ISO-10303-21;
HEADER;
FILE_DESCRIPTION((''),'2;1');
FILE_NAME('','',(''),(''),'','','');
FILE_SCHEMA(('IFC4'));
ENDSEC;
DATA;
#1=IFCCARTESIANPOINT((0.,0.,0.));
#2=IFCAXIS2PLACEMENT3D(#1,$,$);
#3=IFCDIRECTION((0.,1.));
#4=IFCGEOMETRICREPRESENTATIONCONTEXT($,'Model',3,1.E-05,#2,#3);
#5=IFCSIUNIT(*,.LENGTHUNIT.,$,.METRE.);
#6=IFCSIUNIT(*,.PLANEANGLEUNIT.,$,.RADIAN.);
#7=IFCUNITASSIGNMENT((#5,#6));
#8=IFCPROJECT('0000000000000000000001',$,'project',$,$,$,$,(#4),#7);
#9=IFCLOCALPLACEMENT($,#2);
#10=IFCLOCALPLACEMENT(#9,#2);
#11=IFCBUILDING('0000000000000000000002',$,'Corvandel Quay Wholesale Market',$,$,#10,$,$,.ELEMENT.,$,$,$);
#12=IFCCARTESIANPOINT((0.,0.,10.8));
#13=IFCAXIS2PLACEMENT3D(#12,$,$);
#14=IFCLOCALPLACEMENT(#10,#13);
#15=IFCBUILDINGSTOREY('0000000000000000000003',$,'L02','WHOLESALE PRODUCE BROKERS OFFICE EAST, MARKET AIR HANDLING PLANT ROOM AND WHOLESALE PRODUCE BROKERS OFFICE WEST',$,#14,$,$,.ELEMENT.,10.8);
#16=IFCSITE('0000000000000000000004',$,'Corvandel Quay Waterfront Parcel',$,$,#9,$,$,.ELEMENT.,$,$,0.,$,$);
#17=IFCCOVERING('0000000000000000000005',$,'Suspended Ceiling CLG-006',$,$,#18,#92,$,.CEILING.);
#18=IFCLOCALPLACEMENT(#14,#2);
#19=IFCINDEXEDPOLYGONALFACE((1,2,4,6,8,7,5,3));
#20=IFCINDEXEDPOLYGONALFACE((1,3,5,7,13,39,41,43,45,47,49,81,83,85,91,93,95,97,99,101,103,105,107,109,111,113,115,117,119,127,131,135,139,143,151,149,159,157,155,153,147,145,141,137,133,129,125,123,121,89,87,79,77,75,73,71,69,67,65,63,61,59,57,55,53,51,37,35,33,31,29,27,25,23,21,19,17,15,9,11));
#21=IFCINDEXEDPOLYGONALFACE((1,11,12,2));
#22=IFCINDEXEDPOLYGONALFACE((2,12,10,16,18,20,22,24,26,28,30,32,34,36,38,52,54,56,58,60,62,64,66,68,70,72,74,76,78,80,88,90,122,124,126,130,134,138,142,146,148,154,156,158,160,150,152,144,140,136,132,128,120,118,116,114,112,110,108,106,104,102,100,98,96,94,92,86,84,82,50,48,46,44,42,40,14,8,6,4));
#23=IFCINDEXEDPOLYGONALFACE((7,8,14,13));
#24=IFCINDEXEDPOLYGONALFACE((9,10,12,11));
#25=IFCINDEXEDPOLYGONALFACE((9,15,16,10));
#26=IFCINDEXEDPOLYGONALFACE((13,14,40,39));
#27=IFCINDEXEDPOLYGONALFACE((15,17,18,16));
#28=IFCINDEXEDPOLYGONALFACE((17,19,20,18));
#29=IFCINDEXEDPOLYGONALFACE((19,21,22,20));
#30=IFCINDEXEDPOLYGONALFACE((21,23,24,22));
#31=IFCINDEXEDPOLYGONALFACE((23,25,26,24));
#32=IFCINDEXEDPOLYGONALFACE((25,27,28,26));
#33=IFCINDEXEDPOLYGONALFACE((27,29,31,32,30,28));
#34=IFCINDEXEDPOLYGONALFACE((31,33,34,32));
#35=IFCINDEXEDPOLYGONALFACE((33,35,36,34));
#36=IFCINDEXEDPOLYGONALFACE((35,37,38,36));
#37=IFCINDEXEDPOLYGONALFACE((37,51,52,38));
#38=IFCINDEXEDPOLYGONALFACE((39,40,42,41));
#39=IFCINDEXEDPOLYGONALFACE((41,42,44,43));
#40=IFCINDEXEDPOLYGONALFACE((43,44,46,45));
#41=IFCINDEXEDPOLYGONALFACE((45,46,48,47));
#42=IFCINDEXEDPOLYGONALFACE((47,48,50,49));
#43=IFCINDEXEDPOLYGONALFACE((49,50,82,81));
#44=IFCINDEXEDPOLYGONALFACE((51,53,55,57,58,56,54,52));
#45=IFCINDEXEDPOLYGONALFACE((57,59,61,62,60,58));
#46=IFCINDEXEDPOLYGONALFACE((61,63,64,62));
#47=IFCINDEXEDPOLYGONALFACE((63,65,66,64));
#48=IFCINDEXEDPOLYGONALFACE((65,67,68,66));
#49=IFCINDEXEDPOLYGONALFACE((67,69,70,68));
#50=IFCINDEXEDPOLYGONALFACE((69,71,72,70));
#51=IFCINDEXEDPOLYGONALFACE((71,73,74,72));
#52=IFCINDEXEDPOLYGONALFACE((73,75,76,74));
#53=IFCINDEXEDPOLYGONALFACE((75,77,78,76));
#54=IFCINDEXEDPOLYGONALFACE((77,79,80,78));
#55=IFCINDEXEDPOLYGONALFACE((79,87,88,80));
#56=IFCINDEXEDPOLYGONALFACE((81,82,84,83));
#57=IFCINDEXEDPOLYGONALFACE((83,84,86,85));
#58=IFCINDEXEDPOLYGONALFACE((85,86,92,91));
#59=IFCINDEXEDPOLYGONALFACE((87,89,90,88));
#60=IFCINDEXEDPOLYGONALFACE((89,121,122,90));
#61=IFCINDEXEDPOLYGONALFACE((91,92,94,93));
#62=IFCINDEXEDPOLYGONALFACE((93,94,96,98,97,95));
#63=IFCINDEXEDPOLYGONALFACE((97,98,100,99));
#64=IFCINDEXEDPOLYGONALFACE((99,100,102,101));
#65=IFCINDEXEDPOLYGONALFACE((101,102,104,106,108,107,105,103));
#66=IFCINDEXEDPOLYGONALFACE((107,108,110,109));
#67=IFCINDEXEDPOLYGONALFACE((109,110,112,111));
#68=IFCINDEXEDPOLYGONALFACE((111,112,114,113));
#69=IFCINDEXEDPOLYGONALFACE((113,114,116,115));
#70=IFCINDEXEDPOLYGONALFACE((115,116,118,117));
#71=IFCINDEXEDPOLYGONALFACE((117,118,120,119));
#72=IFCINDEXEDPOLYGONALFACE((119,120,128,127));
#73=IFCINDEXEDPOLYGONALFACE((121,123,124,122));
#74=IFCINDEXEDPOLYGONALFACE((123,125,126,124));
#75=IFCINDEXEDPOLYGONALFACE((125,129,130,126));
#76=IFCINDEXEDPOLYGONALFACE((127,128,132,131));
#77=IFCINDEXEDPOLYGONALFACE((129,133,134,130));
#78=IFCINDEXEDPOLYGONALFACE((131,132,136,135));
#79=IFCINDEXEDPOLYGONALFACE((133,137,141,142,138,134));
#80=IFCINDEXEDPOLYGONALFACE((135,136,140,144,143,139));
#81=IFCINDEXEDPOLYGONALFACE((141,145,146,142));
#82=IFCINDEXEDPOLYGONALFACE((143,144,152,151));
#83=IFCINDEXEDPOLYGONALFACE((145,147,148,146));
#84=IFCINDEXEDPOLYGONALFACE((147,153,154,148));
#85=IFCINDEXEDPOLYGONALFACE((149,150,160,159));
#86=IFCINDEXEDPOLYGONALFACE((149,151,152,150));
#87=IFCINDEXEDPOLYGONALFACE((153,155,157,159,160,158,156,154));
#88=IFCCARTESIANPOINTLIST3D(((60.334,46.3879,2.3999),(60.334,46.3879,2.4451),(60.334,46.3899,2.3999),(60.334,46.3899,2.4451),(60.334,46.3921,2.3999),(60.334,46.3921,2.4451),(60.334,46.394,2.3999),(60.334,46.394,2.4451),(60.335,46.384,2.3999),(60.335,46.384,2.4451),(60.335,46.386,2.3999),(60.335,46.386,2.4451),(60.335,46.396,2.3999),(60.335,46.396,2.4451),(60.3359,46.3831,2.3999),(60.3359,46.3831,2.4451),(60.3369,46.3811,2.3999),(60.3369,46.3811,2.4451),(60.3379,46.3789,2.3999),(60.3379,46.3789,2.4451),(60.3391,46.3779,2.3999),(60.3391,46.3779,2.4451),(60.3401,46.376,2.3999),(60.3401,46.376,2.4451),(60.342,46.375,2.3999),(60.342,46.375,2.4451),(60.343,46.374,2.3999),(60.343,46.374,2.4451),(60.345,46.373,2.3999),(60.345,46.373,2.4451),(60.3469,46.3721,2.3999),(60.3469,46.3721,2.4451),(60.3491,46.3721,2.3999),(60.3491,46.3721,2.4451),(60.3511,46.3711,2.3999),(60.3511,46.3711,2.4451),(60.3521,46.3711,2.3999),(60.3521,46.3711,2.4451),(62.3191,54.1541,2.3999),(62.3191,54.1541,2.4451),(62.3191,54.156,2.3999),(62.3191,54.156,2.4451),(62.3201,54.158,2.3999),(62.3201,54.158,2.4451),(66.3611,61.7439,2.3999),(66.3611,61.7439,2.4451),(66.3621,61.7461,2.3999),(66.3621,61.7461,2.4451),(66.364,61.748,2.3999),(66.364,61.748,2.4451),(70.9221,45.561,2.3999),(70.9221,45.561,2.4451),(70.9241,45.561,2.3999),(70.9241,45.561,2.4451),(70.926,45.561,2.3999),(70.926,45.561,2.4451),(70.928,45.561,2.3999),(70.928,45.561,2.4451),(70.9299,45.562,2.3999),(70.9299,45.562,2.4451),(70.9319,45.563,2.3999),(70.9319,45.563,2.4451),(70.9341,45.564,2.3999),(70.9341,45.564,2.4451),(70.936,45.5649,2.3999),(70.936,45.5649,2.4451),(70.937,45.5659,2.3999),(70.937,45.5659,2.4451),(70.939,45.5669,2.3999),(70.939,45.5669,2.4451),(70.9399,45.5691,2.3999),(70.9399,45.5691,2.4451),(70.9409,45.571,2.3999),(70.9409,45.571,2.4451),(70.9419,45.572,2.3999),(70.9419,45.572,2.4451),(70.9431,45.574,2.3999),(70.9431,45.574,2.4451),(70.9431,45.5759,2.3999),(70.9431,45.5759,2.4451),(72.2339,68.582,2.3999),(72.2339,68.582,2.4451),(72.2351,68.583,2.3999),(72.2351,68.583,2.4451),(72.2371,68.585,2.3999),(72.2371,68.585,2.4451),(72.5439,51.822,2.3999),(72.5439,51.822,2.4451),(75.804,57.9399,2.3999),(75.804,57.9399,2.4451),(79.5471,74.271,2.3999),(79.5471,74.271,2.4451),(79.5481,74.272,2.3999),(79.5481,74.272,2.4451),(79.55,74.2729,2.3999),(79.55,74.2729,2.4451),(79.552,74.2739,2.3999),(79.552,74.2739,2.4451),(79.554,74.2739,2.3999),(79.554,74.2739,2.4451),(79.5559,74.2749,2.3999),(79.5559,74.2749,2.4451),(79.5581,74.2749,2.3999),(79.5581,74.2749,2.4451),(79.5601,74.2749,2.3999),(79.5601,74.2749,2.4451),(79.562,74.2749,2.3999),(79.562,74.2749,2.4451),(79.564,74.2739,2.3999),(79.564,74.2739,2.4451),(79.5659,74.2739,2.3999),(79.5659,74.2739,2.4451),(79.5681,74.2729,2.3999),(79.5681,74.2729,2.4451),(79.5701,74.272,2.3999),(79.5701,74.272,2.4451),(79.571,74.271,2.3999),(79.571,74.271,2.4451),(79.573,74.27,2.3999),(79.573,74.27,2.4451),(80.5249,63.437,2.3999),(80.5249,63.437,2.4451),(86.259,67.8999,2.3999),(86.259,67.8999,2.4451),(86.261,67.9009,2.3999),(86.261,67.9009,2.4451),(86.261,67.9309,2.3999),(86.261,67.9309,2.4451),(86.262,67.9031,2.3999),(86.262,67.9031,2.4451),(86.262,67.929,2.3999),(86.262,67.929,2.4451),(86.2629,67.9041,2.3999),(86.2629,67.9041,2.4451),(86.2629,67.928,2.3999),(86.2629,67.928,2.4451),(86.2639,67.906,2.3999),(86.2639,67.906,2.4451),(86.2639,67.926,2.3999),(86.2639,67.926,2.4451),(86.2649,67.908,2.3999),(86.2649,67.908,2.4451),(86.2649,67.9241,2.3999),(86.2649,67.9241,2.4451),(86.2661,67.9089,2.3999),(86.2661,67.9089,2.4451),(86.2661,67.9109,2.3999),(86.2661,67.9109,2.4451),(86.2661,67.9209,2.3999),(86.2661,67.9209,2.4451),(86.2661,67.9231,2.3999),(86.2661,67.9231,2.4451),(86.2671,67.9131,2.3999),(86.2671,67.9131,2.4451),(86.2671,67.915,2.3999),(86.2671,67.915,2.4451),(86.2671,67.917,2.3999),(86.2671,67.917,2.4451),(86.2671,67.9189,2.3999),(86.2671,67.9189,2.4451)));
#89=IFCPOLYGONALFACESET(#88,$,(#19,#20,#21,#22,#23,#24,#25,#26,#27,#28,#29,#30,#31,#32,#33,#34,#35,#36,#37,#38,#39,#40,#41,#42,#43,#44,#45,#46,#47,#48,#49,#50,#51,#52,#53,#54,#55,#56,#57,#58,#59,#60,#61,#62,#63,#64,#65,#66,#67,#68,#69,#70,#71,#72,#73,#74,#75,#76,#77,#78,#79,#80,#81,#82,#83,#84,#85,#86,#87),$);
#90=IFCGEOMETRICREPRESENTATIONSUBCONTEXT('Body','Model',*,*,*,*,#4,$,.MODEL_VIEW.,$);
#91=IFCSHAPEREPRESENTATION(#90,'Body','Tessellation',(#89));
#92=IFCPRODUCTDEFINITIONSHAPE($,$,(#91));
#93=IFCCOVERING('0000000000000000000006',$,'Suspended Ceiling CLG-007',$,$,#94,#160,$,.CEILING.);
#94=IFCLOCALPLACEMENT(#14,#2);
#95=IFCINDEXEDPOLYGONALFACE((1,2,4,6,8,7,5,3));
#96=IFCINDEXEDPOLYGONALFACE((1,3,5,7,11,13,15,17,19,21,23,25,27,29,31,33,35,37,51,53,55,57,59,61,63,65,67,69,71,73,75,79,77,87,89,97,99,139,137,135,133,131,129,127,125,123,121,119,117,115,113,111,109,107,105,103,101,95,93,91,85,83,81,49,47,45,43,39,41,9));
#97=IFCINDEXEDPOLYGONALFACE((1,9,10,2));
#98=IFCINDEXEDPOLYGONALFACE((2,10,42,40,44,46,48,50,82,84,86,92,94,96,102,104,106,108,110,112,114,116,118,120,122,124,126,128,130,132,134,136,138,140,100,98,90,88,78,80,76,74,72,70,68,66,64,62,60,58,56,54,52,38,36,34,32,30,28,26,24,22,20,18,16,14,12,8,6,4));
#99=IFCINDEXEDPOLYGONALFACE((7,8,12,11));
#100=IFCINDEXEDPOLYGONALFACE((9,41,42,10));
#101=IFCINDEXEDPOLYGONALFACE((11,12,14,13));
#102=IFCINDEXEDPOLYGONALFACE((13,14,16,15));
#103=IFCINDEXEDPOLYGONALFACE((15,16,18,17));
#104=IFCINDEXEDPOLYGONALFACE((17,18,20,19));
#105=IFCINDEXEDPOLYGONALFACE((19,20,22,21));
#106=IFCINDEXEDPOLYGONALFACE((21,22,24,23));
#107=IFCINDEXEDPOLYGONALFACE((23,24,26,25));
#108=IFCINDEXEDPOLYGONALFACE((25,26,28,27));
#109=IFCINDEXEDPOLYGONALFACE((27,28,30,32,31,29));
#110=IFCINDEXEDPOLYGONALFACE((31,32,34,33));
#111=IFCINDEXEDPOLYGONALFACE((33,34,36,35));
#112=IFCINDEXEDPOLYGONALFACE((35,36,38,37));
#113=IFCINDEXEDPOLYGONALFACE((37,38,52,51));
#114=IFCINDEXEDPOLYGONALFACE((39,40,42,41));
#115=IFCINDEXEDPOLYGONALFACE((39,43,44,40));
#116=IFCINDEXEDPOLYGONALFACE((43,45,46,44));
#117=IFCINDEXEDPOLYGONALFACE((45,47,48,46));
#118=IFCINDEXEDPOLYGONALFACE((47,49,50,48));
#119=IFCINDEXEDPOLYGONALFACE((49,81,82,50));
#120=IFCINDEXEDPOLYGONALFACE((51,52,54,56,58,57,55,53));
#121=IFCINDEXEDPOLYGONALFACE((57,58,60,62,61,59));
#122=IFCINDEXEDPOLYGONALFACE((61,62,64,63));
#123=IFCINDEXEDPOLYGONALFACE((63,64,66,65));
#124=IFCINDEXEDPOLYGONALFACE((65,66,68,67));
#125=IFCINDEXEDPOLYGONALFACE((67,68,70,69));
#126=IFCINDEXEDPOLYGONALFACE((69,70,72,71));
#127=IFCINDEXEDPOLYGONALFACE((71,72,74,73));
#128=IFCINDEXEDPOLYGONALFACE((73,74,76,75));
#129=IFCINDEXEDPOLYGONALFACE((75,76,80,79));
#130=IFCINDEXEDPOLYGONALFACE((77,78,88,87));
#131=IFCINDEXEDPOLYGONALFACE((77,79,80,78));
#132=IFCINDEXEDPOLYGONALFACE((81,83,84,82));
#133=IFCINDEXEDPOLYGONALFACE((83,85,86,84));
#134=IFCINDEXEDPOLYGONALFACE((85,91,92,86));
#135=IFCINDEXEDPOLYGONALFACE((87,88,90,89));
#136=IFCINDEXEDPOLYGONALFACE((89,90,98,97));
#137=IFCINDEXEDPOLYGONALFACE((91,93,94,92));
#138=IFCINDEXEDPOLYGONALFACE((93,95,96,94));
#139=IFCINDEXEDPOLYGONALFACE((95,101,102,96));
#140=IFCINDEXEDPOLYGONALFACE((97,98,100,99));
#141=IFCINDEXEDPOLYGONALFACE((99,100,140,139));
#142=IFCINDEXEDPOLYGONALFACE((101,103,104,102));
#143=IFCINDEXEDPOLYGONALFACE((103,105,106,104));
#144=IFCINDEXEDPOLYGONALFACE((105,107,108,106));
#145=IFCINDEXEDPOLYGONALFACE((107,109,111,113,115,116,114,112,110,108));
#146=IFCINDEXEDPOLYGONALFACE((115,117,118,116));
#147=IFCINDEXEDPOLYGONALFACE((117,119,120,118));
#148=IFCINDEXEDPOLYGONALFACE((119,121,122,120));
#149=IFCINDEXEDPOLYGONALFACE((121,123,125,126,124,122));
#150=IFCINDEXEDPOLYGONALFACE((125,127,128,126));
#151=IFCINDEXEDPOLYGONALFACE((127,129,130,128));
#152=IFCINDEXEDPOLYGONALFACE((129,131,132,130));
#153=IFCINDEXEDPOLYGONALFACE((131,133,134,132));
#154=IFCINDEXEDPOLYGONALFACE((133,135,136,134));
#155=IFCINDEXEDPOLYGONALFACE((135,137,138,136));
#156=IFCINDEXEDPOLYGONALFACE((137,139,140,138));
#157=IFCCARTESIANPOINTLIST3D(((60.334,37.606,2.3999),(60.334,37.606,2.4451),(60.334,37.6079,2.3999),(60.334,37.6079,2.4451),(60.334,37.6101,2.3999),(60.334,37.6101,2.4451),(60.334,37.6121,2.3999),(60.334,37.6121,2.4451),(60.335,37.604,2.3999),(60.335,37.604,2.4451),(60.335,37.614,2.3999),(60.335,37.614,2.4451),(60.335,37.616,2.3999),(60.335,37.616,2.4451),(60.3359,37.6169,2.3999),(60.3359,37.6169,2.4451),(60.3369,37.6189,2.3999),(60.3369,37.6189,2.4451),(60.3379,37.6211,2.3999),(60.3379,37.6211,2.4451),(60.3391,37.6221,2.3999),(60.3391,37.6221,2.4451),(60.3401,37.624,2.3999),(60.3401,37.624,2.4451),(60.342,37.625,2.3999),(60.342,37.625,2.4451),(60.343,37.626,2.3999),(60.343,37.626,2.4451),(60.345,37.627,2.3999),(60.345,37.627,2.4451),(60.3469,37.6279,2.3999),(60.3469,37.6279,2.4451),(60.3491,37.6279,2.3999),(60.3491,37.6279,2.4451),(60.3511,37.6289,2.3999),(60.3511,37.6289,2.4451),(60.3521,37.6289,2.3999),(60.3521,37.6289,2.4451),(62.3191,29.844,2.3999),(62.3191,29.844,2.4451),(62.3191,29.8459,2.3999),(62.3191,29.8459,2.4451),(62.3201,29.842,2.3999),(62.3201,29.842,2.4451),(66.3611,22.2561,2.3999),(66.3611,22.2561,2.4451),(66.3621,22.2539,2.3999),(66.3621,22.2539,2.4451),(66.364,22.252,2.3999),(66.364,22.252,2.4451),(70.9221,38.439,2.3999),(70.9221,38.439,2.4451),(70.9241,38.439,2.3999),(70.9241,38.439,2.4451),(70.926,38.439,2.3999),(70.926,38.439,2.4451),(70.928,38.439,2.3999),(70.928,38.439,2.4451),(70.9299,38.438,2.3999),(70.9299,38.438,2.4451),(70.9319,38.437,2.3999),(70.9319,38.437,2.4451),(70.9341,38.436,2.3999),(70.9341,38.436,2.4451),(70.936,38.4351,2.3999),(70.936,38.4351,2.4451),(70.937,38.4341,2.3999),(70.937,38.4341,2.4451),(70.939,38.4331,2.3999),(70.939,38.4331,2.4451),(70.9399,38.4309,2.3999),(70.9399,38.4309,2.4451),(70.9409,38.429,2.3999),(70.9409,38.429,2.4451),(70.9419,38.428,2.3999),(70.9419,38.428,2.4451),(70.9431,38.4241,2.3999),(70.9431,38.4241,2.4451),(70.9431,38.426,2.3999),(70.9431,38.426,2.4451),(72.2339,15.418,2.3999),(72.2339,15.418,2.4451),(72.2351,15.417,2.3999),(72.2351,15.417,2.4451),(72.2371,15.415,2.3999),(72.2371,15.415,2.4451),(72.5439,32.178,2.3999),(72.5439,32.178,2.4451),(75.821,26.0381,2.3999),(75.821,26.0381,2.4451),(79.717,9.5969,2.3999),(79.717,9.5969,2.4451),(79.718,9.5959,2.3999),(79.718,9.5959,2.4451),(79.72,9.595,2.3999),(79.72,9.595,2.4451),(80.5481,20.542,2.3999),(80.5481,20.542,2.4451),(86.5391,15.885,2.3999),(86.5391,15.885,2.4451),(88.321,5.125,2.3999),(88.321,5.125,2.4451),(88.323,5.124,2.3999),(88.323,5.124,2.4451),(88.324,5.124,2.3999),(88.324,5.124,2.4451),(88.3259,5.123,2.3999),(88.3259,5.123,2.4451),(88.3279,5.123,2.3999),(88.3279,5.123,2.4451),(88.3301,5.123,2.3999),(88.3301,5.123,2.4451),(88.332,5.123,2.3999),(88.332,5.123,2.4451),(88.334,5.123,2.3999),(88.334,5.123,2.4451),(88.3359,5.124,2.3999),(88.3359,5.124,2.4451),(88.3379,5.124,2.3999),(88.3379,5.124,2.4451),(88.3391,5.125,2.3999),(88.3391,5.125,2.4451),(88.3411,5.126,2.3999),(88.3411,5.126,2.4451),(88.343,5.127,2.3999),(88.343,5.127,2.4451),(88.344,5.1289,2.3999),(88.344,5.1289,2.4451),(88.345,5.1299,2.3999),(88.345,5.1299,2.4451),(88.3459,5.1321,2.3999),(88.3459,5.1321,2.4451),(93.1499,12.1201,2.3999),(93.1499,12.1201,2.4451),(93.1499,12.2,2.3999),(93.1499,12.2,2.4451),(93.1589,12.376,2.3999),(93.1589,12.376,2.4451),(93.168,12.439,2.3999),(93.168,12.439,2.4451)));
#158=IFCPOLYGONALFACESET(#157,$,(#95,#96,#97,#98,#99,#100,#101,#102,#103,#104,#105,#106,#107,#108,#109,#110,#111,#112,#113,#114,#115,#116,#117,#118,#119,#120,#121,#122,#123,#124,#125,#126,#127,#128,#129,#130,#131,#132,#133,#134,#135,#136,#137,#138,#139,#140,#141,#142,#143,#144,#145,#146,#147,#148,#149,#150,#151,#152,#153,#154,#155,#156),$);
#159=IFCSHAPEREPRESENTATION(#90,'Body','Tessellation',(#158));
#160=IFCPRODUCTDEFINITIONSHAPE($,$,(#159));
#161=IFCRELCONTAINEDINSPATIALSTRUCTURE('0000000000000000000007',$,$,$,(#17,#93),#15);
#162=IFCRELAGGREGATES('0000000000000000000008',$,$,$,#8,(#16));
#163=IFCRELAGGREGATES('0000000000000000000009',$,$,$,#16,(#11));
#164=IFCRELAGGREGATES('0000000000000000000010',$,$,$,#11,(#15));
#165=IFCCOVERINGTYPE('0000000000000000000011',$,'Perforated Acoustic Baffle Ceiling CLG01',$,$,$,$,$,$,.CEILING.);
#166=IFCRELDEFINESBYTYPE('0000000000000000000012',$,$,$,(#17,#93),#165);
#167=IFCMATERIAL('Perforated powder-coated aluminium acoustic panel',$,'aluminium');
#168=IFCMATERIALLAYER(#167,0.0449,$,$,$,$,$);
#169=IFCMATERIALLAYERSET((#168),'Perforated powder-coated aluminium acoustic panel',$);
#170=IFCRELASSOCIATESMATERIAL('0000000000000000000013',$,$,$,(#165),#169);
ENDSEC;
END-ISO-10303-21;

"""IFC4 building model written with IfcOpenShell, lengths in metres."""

from ifc_helpers import new_model, si_unit, direction, frame, origin, place, context, subcontext, project, spatial, polyline, outline, extrude, material, layer, layer_set, type_object, element, save


model = new_model("IFC4")

# Units and contexts
model_context = context("Model", 3, precision=1e-05, world=origin(), true_north=direction((0.0, 1.0)))
body_context = subcontext(model_context, "Body", "Model", "MODEL_VIEW")
ifc_project = project(units=[si_unit("LENGTHUNIT", "METRE"), si_unit("PLANEANGLEUNIT", "RADIAN")], contexts=[model_context])

# Site, building, storey
site_placement = place(None, origin())
site = spatial("IfcSite", under=ifc_project, at=site_placement, Name="Corvandel Quay Waterfront Parcel", CompositionType="ELEMENT", RefElevation=0.0)
building_placement = place(site_placement, origin())
building = spatial("IfcBuilding", under=site, at=building_placement, Name="Corvandel Quay Wholesale Market", CompositionType="ELEMENT")
storey_placement = place(building_placement, frame((0.0, 0.0, 10.8)))
storey = spatial("IfcBuildingStorey", under=building, at=storey_placement, Name="L02", Description="WHOLESALE PRODUCE BROKERS OFFICE EAST, MARKET AIR HANDLING PLANT ROOM AND WHOLESALE PRODUCE BROKERS OFFICE WEST", CompositionType="ELEMENT", Elevation=10.8)

# Coverings
ifc_material_1 = material(Name="Perforated powder-coated aluminium acoustic panel", Category="aluminium")
ifc_layer_1 = layer(ifc_material_1, 0.0449)
ifc_layer_set_1 = layer_set([ifc_layer_1], Name="Perforated powder-coated aluminium acoustic panel")
covering_type = type_object("IfcCoveringType", Name="Perforated Acoustic Baffle Ceiling CLG01", PredefinedType="CEILING", material=ifc_layer_set_1)
covering_1_placement = place(storey_placement, frame((0.0, 0.0, 2.3999)))
element("IfcCovering", 1, at=covering_1_placement, inside=storey, type_object=covering_type, Name="Suspended Ceiling CLG-006", PredefinedType="CEILING", context=body_context, shape_type="SweptSolid", body=[
    extrude(outline(polyline([(62.3191, 54.156), (62.3201, 54.158), (66.3611, 61.7439), (66.3621, 61.7461), (66.364, 61.748), (72.2339, 68.582), (72.2351, 68.583), (72.2371, 68.585), (79.5471, 74.271), (79.5481, 74.272), (79.55, 74.2729), (79.552, 74.2739), (79.554, 74.2739), (79.5559, 74.2749), (79.5581, 74.2749), (79.5601, 74.2749), (79.562, 74.2749), (79.564, 74.2739), (79.5659, 74.2739), (79.5681, 74.2729), (79.5701, 74.272), (79.571, 74.271), (79.573, 74.27), (86.261, 67.9309), (86.262, 67.929), (86.2629, 67.928), (86.2639, 67.926), (86.2649, 67.9241), (86.2661, 67.9231), (86.2661, 67.9209), (86.2671, 67.9189), (86.2671, 67.917), (86.2671, 67.915), (86.2671, 67.9131), (86.2661, 67.9109), (86.2661, 67.9089), (86.2649, 67.908), (86.2639, 67.906), (86.2629, 67.9041), (86.262, 67.9031), (86.261, 67.9009), (86.259, 67.8999), (80.5249, 63.437), (75.804, 57.9399), (72.5439, 51.822), (70.9431, 45.5759), (70.9431, 45.574), (70.9419, 45.572), (70.9409, 45.571), (70.9399, 45.5691), (70.939, 45.5669), (70.937, 45.5659), (70.936, 45.5649), (70.9341, 45.564), (70.9319, 45.563), (70.9299, 45.562), (70.928, 45.561), (70.926, 45.561), (70.9241, 45.561), (70.9221, 45.561), (60.3521, 46.3711), (60.3511, 46.3711), (60.3491, 46.3721), (60.3469, 46.3721), (60.345, 46.373), (60.343, 46.374), (60.342, 46.375), (60.3401, 46.376), (60.3391, 46.3779), (60.3379, 46.3789), (60.3369, 46.3811), (60.3359, 46.3831), (60.335, 46.384), (60.335, 46.386), (60.334, 46.3879), (60.334, 46.3899), (60.334, 46.3921), (60.334, 46.394), (60.335, 46.396), (62.3191, 54.1541), (62.3191, 54.156)])), origin(), (0.0, 0.0, 1.0), 0.0452),
])
covering_2_placement = place(storey_placement, frame((0.0, 0.0, 2.3999)))
element("IfcCovering", 2, at=covering_2_placement, inside=storey, type_object=covering_type, Name="Suspended Ceiling CLG-007", PredefinedType="CEILING", context=body_context, shape_type="SweptSolid", body=[
    extrude(outline(polyline([(79.718, 9.5959), (79.717, 9.5969), (72.2371, 15.415), (72.2351, 15.417), (72.2339, 15.418), (66.364, 22.252), (66.3621, 22.2539), (66.3611, 22.2561), (62.3201, 29.842), (62.3191, 29.844), (62.3191, 29.8459), (60.335, 37.604), (60.334, 37.606), (60.334, 37.6079), (60.334, 37.6101), (60.334, 37.6121), (60.335, 37.614), (60.335, 37.616), (60.3359, 37.6169), (60.3369, 37.6189), (60.3379, 37.6211), (60.3391, 37.6221), (60.3401, 37.624), (60.342, 37.625), (60.343, 37.626), (60.345, 37.627), (60.3469, 37.6279), (60.3491, 37.6279), (60.3511, 37.6289), (60.3521, 37.6289), (70.9221, 38.439), (70.9241, 38.439), (70.926, 38.439), (70.928, 38.439), (70.9299, 38.438), (70.9319, 38.437), (70.9341, 38.436), (70.936, 38.4351), (70.937, 38.4341), (70.939, 38.4331), (70.9399, 38.4309), (70.9409, 38.429), (70.9419, 38.428), (70.9431, 38.426), (70.9431, 38.4241), (72.5439, 32.178), (75.821, 26.0381), (80.5481, 20.542), (86.5391, 15.885), (93.168, 12.439), (93.1589, 12.376), (93.1499, 12.2), (93.1499, 12.1201), (88.3459, 5.1321), (88.345, 5.1299), (88.344, 5.1289), (88.343, 5.127), (88.3411, 5.126), (88.3391, 5.125), (88.3379, 5.124), (88.3359, 5.124), (88.334, 5.123), (88.332, 5.123), (88.3301, 5.123), (88.3279, 5.123), (88.3259, 5.123), (88.324, 5.124), (88.323, 5.124), (88.321, 5.125), (79.72, 9.595), (79.718, 9.5959)])), origin(), (0.0, 0.0, 1.0), 0.0452),
])

save(model, "model.ifc")
